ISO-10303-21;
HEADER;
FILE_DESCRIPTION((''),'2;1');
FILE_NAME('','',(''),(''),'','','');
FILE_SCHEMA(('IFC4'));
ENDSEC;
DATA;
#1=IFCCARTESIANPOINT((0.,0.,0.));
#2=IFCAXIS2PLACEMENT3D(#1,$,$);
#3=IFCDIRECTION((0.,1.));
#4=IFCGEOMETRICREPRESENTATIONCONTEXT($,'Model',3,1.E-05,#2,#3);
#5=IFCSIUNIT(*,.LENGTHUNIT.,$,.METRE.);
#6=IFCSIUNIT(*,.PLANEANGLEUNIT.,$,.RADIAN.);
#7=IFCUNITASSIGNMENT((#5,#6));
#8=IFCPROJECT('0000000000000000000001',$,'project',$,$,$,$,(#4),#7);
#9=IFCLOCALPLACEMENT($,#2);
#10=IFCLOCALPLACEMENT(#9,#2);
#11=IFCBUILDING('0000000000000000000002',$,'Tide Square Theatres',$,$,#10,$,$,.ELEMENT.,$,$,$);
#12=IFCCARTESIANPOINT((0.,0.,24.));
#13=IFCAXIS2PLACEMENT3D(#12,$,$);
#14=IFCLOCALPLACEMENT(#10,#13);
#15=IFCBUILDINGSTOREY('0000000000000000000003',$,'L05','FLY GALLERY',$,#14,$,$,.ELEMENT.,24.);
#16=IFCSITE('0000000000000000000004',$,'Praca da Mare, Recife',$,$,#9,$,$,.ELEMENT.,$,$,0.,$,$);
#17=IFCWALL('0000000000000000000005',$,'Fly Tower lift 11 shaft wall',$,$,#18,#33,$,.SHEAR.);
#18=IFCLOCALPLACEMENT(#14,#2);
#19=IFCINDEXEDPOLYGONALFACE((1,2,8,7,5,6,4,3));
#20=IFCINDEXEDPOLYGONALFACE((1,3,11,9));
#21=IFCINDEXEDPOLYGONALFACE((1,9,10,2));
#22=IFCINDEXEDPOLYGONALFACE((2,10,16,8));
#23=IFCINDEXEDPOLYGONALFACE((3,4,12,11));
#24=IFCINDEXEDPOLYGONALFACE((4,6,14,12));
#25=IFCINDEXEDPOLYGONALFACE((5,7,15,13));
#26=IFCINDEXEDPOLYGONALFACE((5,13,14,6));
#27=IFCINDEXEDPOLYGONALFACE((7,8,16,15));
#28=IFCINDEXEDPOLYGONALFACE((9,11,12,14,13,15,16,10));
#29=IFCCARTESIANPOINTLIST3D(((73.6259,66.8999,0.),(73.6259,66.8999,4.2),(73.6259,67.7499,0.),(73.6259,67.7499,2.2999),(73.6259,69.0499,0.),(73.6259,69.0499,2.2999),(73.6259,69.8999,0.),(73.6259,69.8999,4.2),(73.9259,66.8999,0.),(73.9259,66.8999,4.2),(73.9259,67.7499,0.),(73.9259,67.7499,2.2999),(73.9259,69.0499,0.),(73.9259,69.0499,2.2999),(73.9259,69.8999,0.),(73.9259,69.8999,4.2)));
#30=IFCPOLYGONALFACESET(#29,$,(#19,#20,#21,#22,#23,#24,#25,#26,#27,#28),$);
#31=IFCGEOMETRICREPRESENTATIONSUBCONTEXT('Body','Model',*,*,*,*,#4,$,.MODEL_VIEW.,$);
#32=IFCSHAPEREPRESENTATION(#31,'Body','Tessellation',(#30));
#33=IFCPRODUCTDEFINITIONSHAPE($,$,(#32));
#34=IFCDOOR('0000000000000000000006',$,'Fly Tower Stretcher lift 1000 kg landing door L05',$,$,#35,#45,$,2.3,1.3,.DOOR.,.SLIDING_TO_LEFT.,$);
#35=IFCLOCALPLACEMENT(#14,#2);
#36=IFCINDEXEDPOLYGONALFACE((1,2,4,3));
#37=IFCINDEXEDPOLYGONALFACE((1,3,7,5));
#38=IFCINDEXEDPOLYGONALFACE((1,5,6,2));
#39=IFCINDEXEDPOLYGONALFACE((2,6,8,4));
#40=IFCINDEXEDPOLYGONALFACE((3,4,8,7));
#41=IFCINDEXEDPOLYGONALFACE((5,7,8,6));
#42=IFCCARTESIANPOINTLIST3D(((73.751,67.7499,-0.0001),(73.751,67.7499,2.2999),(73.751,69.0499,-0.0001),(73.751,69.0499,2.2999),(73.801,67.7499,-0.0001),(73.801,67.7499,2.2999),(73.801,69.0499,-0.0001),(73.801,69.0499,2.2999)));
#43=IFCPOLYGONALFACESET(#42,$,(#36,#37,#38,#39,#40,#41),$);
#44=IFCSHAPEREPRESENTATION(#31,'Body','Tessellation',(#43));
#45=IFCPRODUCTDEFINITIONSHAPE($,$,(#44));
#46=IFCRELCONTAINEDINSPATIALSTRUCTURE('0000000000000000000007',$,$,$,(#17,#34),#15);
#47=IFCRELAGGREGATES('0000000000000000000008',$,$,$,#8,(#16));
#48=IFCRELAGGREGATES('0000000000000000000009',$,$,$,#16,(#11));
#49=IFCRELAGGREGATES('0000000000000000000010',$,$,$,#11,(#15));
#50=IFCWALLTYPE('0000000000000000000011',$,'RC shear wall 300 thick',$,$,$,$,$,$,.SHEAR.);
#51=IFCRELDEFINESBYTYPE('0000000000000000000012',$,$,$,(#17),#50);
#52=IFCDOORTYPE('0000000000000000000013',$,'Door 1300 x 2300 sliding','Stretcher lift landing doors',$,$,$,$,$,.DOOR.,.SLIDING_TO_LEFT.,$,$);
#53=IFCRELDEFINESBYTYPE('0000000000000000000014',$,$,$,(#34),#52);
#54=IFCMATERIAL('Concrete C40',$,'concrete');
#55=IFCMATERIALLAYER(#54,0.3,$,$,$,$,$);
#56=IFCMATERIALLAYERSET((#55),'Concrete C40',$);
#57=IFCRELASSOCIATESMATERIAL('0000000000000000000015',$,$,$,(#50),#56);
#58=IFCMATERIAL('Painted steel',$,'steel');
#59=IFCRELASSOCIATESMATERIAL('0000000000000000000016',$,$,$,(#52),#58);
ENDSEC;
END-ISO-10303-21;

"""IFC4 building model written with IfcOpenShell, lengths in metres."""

from ifc_helpers import new_model, si_unit, direction, frame, frame_2d, origin, place, context, subcontext, project, spatial, rectangle, extrude, material, layer, layer_set, type_object, element, fill, save


model = new_model("IFC4")

# Units and contexts
model_context = context("Model", 3, precision=1e-05, world=origin(), true_north=direction((0.0, 1.0)))
body_context = subcontext(model_context, "Body", "Model", "MODEL_VIEW")
ifc_project = project(units=[si_unit("LENGTHUNIT", "METRE"), si_unit("PLANEANGLEUNIT", "RADIAN")], contexts=[model_context])

# Site, building, storey
site_placement = place(None, origin())
site = spatial("IfcSite", under=ifc_project, at=site_placement, Name="Praca da Mare, Recife", CompositionType="ELEMENT", RefElevation=0.0)
building_placement = place(site_placement, origin())
building = spatial("IfcBuilding", under=site, at=building_placement, Name="Tide Square Theatres", CompositionType="ELEMENT")
storey_placement = place(building_placement, frame((0.0, 0.0, 24.0)))
storey = spatial("IfcBuildingStorey", under=building, at=storey_placement, Name="L05", Description="FLY GALLERY", CompositionType="ELEMENT", Elevation=24.0)

# Shared definitions
ifc_material_1 = material(Name="Concrete C40", Category="concrete")
ifc_layer_1 = layer(ifc_material_1, 0.3)
ifc_layer_set_1 = layer_set([ifc_layer_1], Name="Concrete C40")
wall_type_1 = type_object("IfcWallType", Name="RC shear wall 300 thick", PredefinedType="SHEAR", material=ifc_layer_set_1)

# Wall, opening, door
wall_1_placement = place(storey_placement, frame((73.7759, 66.8999, 0.0), z_axis=(0.0, 0.0, 1.0), x_axis=(0.0, 1.0, 0.0)))
wall_1 = element("IfcWall", 1, at=wall_1_placement, inside=storey, type_object=wall_type_1, Name="Fly Tower lift 11 shaft wall", PredefinedType="SHEAR", context=body_context, shape_type="SweptSolid", body=[
    extrude(rectangle(XDim=3.0, YDim=0.3, at=frame_2d((1.5, 0.0))), origin(), (0.0, 0.0, 1.0), 4.2),
])
opening_1_placement = place(wall_1_placement, frame((0.8501, 0.0, 0.0)))
opening_1 = element("IfcOpeningElement", 2, at=opening_1_placement, cuts=wall_1, PredefinedType="OPENING", context=body_context, shape_type="SweptSolid", body=[
    extrude(rectangle(XDim=1.3, YDim=2.3, at=frame_2d((0.6499, 1.1499))), frame((0.0, 0.1599, 0.0), z_axis=(0.0, -1.0, 0.0), x_axis=(1.0, 0.0, 0.0)), (0.0, 0.0, 1.0), 0.3201),
])
ifc_material_2 = material(Name="Painted steel", Category="steel")
door_type_1 = type_object("IfcDoorType", Name="Door 1300 x 2300 sliding", Description="Stretcher lift landing doors", OperationType="SLIDING_TO_LEFT", PredefinedType="DOOR", material=ifc_material_2)
door_1_placement = place(opening_1_placement, origin())
door_1 = element("IfcDoor", 3, at=door_1_placement, inside=storey, type_object=door_type_1, Name="Fly Tower Stretcher lift 1000 kg landing door L05", OperationType="SLIDING_TO_LEFT", OverallHeight=2.3, OverallWidth=1.3, PredefinedType="DOOR", context=body_context, shape_type="SweptSolid", body=[
    extrude(rectangle(XDim=1.3, YDim=2.3, at=frame_2d((0.6499, 1.1499))), frame((0.0, 0.0249, 0.0), z_axis=(0.0, -1.0, 0.0), x_axis=(1.0, 0.0, 0.0)), (0.0, 0.0, 1.0), 0.05),
])
fill(opening_1, door_1)

save(model, "model.ifc")
